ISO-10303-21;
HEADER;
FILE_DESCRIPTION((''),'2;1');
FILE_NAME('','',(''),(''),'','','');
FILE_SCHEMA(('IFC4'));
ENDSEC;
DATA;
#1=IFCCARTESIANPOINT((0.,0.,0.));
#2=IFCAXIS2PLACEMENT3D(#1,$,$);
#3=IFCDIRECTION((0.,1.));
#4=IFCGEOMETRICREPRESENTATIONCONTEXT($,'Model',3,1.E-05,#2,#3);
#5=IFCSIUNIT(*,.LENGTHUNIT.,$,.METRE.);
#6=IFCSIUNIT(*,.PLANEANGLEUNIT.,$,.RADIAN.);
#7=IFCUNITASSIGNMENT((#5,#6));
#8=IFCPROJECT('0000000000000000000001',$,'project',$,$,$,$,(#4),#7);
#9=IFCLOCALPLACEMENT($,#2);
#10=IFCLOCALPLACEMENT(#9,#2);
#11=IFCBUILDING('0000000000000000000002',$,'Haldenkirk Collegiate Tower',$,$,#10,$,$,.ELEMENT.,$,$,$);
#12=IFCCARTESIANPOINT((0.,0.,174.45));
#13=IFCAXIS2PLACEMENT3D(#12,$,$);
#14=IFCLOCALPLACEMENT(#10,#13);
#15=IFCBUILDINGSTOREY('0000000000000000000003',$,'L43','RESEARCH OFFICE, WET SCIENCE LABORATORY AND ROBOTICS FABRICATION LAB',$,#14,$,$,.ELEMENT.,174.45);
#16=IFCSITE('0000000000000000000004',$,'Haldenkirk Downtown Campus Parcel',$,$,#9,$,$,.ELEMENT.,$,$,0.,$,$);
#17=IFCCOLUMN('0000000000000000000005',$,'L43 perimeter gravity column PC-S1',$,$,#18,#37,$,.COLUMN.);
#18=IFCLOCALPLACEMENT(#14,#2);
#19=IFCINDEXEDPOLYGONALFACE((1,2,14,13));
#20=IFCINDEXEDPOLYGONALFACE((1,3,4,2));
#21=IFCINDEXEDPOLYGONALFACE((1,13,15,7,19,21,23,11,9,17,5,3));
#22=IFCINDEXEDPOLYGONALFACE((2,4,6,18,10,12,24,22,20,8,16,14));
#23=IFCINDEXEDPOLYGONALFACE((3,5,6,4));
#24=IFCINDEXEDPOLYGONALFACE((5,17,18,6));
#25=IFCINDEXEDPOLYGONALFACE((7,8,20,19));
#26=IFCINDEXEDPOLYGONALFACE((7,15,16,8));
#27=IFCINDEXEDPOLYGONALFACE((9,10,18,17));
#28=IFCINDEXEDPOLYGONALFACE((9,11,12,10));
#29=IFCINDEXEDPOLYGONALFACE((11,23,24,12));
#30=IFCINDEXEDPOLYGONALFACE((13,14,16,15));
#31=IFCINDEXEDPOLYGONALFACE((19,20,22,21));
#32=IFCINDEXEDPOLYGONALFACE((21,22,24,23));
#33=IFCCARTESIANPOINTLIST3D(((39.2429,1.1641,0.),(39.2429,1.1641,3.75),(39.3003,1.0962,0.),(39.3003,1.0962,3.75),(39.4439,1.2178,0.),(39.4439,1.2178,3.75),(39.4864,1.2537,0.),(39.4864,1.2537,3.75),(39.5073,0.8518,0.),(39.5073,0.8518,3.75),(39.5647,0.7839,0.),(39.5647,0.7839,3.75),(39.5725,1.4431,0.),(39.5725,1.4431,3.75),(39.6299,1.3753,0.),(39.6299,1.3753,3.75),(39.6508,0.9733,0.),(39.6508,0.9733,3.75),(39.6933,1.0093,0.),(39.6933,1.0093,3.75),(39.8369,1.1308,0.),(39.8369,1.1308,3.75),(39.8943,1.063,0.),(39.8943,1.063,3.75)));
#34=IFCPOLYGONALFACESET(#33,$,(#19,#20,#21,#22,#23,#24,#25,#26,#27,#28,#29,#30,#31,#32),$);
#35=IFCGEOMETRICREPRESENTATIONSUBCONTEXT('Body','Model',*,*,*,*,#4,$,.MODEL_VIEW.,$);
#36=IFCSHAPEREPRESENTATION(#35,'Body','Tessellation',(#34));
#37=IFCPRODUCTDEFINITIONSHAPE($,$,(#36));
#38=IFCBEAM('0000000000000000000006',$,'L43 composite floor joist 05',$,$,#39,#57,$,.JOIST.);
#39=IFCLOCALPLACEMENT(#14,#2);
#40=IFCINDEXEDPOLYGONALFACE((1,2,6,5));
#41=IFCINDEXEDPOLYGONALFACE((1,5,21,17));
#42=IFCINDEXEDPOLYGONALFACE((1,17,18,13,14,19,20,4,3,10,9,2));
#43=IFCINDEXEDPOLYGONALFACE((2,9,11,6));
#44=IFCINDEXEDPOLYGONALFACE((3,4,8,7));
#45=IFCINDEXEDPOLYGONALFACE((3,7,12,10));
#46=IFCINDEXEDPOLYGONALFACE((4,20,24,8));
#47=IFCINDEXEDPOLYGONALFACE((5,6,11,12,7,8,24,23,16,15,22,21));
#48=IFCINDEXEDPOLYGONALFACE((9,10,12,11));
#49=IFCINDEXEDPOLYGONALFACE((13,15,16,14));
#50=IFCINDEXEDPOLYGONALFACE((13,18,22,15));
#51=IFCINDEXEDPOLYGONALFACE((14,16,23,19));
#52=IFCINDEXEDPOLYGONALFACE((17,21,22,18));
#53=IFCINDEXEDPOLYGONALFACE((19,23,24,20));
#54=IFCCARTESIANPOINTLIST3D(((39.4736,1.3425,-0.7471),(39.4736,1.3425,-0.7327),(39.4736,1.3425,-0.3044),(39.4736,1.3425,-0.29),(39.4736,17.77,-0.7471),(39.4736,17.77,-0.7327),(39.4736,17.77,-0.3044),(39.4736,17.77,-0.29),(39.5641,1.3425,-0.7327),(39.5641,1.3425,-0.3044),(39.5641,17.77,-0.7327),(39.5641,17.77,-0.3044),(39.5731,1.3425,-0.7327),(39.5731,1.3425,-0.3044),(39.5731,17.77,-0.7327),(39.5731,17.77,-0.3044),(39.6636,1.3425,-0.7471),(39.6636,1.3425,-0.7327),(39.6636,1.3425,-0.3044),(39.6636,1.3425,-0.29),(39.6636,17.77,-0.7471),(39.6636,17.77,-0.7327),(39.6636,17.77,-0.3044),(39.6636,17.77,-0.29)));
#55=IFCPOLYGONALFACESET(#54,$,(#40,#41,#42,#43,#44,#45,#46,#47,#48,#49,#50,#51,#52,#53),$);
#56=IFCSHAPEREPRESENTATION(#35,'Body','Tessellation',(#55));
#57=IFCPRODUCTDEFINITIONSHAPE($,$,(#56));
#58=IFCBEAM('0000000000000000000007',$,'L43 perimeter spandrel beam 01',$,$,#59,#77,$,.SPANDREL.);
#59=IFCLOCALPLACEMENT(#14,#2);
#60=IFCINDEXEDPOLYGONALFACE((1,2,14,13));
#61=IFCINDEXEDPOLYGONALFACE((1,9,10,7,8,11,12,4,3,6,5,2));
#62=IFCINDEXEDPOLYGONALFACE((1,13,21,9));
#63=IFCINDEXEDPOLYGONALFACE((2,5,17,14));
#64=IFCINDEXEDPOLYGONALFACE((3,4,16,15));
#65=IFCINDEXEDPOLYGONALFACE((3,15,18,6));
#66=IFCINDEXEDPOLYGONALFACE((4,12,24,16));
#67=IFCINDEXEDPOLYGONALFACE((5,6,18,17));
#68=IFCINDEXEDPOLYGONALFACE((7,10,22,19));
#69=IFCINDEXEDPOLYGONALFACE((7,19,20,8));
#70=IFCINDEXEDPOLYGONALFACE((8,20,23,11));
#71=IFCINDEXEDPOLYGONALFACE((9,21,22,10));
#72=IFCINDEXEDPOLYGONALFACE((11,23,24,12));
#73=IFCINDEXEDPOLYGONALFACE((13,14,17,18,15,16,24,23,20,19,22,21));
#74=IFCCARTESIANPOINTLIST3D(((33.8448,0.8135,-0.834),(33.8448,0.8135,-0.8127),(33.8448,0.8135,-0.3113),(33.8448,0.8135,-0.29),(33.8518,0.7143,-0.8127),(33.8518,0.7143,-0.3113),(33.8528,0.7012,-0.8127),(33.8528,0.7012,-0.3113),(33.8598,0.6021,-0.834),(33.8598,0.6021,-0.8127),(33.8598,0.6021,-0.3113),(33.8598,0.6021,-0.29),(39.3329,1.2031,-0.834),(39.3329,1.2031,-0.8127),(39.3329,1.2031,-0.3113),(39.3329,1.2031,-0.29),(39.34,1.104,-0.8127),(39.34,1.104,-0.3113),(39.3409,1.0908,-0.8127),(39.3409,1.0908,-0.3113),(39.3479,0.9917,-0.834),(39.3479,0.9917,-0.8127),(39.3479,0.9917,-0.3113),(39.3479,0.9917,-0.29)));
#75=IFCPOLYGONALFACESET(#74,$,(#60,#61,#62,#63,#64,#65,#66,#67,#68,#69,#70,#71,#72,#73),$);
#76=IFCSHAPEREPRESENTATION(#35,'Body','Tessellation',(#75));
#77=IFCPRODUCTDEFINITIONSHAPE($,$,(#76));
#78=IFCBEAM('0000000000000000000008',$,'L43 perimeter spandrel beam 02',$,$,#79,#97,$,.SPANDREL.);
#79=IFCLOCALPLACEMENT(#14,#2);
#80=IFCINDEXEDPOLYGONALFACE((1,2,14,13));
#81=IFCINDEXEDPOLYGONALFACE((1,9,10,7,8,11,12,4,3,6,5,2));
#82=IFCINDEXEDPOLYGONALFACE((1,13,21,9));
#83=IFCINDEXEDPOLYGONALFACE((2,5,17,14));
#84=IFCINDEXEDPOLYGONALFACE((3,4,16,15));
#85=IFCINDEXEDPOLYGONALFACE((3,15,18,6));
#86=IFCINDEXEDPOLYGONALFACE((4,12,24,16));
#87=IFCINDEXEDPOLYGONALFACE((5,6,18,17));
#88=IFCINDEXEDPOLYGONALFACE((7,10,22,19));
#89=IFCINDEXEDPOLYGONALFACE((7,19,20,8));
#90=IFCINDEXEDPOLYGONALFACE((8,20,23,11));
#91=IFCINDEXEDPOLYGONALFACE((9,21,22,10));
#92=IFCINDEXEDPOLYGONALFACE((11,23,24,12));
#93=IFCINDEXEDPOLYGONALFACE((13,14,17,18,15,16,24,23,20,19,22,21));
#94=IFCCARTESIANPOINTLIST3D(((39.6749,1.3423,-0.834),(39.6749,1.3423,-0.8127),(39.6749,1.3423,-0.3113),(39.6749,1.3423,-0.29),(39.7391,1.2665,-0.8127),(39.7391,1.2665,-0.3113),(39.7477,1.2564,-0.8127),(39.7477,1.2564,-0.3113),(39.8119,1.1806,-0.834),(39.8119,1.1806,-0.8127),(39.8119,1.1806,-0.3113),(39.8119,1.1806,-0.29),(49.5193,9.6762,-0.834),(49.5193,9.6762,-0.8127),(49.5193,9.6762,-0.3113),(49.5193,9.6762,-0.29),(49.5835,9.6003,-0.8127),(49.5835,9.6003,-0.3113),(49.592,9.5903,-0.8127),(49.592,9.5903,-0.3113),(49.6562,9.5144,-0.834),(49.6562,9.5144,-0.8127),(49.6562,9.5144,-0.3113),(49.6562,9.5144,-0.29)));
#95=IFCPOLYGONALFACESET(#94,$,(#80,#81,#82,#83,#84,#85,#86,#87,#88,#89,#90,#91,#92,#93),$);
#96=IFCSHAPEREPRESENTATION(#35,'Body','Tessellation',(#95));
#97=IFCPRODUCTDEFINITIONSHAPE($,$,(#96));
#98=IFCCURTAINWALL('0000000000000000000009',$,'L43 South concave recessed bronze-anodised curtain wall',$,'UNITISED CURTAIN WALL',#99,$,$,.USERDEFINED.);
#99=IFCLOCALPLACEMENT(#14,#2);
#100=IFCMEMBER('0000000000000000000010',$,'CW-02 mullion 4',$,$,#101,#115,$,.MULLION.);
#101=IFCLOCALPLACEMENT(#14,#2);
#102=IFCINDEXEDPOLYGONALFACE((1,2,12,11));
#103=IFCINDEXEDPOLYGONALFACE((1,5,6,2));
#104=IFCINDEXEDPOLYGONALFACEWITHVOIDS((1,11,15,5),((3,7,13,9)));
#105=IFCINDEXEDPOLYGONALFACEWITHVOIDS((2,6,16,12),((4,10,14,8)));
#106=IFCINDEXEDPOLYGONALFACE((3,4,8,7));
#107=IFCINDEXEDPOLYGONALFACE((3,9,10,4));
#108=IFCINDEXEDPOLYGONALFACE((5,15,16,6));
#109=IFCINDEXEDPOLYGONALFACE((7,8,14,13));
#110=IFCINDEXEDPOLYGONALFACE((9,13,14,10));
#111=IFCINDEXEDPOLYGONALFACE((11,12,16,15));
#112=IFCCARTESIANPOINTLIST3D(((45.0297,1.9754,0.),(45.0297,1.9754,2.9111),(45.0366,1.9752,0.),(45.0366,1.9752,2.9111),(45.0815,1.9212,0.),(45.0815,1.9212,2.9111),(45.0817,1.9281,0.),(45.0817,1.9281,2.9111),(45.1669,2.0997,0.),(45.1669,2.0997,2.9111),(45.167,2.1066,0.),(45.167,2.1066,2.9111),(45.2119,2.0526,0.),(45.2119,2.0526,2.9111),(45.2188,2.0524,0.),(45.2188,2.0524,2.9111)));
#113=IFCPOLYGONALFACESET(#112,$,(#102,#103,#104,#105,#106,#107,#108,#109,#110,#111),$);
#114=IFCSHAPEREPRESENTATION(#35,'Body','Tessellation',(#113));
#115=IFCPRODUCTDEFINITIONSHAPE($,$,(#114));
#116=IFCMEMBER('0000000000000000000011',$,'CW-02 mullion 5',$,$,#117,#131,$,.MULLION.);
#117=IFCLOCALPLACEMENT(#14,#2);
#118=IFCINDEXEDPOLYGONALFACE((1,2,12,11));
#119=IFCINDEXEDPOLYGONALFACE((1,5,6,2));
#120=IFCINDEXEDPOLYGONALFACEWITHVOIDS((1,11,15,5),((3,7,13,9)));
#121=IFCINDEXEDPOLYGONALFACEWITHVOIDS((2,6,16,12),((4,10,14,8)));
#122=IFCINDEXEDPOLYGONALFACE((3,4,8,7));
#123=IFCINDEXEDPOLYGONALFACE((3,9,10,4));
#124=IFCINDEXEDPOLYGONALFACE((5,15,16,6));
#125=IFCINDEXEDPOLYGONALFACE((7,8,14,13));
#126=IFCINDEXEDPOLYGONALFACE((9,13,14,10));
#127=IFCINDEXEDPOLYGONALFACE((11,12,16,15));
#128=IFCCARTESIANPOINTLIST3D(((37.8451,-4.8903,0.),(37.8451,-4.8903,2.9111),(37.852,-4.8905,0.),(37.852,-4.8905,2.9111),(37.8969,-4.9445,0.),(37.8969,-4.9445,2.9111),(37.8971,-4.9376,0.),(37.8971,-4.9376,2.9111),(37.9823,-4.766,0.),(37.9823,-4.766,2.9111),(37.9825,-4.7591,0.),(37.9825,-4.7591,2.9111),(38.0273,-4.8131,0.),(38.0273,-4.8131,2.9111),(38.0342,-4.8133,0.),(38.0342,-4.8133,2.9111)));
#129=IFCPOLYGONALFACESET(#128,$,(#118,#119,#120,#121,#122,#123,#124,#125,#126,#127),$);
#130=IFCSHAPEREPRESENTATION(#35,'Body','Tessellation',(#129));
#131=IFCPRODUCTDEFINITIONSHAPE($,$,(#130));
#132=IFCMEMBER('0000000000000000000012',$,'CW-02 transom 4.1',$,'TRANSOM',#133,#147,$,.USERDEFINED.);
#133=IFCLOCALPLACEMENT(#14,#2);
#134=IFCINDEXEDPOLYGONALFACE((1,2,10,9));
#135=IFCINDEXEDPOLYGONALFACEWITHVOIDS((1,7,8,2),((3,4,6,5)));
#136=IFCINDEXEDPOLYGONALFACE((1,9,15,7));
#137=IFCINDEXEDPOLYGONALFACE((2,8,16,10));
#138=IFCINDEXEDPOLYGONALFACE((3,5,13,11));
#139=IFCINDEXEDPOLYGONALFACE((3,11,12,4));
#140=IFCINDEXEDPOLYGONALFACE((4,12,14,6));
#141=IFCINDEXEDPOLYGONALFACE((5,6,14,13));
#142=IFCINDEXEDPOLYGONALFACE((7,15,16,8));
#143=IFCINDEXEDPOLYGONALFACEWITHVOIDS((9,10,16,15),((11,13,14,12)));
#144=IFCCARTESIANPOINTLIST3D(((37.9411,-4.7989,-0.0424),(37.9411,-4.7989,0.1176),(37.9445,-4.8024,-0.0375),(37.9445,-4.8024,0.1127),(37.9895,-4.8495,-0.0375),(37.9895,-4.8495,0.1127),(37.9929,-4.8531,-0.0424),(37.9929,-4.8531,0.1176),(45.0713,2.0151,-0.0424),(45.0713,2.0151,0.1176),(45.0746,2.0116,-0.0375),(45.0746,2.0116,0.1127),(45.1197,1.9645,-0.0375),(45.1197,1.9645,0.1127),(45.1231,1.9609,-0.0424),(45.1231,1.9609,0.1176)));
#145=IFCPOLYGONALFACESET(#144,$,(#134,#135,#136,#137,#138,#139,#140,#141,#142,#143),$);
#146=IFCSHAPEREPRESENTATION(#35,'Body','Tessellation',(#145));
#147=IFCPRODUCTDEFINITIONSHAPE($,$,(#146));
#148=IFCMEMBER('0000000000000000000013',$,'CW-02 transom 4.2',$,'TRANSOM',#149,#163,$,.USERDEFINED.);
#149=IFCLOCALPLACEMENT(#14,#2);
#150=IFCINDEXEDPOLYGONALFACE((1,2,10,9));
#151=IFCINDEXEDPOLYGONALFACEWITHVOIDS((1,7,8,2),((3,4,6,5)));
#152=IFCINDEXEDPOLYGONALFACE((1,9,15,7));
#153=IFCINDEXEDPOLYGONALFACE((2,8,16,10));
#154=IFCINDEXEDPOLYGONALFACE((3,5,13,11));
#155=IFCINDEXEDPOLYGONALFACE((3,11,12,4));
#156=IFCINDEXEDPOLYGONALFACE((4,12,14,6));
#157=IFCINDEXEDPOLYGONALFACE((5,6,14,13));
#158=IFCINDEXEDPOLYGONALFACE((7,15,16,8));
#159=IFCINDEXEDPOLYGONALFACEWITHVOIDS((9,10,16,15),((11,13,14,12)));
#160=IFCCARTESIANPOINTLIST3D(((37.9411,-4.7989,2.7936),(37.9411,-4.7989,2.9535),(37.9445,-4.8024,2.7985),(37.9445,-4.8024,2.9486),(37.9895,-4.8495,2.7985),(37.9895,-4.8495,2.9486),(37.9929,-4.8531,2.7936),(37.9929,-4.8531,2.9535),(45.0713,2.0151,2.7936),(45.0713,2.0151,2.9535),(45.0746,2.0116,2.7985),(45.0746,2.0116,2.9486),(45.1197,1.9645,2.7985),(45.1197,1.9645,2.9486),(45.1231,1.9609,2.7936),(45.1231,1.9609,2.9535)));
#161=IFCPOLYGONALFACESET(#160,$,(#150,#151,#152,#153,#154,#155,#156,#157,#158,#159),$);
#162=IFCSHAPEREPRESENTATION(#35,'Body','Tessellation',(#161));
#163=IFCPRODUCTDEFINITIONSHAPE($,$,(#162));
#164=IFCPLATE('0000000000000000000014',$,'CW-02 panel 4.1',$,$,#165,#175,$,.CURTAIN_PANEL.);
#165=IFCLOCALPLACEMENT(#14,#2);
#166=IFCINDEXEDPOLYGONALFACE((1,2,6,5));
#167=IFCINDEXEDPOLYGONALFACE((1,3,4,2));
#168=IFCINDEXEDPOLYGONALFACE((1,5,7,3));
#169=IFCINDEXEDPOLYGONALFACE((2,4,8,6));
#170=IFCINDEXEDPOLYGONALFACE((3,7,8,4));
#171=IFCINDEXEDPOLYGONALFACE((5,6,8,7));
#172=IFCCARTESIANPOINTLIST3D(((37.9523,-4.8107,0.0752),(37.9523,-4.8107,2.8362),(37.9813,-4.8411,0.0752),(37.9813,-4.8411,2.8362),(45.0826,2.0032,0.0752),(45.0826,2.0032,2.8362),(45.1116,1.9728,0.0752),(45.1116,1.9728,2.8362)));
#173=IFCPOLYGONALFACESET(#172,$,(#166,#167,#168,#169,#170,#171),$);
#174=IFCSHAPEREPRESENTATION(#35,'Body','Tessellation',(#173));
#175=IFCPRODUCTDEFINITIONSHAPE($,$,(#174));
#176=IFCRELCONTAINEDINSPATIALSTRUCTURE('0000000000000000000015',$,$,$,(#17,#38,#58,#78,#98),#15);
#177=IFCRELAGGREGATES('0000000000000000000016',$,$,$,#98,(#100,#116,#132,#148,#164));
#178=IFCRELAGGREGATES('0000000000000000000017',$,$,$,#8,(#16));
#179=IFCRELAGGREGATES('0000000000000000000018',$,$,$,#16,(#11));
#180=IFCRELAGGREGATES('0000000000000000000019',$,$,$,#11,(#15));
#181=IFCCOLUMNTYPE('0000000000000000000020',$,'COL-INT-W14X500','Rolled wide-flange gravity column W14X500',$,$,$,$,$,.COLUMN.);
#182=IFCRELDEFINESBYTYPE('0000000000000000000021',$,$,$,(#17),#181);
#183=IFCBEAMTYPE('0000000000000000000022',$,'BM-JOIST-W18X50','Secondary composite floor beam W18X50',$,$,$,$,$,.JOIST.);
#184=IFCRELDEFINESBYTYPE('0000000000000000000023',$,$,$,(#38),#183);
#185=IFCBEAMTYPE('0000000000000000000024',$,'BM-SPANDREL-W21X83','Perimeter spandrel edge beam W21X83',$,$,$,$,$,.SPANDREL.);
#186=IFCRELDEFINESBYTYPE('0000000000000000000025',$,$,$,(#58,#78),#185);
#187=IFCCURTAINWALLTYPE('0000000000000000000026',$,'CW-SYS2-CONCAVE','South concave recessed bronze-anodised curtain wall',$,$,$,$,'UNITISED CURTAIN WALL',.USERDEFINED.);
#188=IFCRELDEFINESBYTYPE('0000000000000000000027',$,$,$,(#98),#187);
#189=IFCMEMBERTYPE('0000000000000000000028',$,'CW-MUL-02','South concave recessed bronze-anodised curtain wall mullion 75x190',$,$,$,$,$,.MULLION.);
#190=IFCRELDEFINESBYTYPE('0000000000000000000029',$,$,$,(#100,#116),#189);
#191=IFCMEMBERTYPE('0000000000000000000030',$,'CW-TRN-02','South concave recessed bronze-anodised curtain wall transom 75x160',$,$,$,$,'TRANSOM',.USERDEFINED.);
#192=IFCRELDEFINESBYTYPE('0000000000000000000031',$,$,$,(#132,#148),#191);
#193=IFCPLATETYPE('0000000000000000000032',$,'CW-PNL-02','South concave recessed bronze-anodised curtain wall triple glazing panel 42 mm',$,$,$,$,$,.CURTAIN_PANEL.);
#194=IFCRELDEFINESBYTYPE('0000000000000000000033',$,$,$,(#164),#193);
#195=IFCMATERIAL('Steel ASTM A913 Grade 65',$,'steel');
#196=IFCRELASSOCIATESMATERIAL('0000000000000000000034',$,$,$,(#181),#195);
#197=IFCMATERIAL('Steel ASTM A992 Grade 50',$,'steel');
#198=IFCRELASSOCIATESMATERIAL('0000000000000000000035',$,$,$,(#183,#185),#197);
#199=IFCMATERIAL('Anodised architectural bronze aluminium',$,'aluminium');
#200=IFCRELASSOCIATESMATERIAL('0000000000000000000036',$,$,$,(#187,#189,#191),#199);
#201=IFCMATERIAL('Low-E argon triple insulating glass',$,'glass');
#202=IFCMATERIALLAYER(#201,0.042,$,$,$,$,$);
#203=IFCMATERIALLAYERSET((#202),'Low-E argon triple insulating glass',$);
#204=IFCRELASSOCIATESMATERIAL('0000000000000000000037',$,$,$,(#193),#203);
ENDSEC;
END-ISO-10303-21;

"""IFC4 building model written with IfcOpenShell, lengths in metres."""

from ifc_helpers import new_model, si_unit, direction, frame, origin, origin_2d, place, context, subcontext, project, spatial, rectangle, hollow_rectangle, i_section, extrude, source, transform, mapped, material, layer, layer_set, material_profile, profile_set, type_object, element, aggregate, save


model = new_model("IFC4")

# Units and contexts
model_context = context("Model", 3, precision=1e-05, world=origin(), true_north=direction((0.0, 1.0)))
body_context = subcontext(model_context, "Body", "Model", "MODEL_VIEW")
ifc_project = project(units=[si_unit("LENGTHUNIT", "METRE"), si_unit("PLANEANGLEUNIT", "RADIAN")], contexts=[model_context])

# Site, building, storey
site_placement = place(None, origin())
site = spatial("IfcSite", under=ifc_project, at=site_placement, Name="Haldenkirk Downtown Campus Parcel", CompositionType="ELEMENT", RefElevation=0.0)
building_placement = place(site_placement, origin())
building = spatial("IfcBuilding", under=site, at=building_placement, Name="Haldenkirk Collegiate Tower", CompositionType="ELEMENT")
storey_placement = place(building_placement, frame((0.0, 0.0, 174.45)))
storey = spatial("IfcBuildingStorey", under=building, at=storey_placement, Name="L43", Description="RESEARCH OFFICE, WET SCIENCE LABORATORY AND ROBOTICS FABRICATION LAB", CompositionType="ELEMENT", Elevation=174.45)

# Column
ifc_material_1 = material(Name="Steel ASTM A913 Grade 65", Category="steel")
ifc_material_profile_1 = material_profile(ifc_material_1, i_section(OverallWidth=0.4319, OverallDepth=0.498, WebThickness=0.0557, FlangeThickness=0.0889, at=origin_2d()), Name="W14X500")
ifc_profile_set_1 = profile_set([ifc_material_profile_1], Name="Steel ASTM A913 Grade 65")
column_type = type_object("IfcColumnType", Name="COL-INT-W14X500", Description="Rolled wide-flange gravity column W14X500", PredefinedType="COLUMN", material=ifc_profile_set_1)
column_placement = place(storey_placement, frame((39.5686, 1.1135, 0.0), z_axis=(0.0, 0.0, 1.0), x_axis=(0.763232, 0.646124, 0.0)))
element("IfcColumn", 1, at=column_placement, inside=storey, type_object=column_type, Name="L43 perimeter gravity column PC-S1", PredefinedType="COLUMN", context=body_context, shape_type="SweptSolid", body=[
    extrude(i_section(OverallWidth=0.4319, OverallDepth=0.498, WebThickness=0.0557, FlangeThickness=0.0889, at=origin_2d()), origin(), (0.0, 0.0, 1.0), 3.75),
])

# Beams
ifc_material_2 = material(Name="Steel ASTM A992 Grade 50", Category="steel")
ifc_material_profile_2 = material_profile(ifc_material_2, i_section(OverallWidth=0.1899, OverallDepth=0.457, WebThickness=0.009, FlangeThickness=0.0144, at=origin_2d()), Name="W18X50")
ifc_profile_set_2 = profile_set([ifc_material_profile_2], Name="Steel ASTM A992 Grade 50")
beam_type_1 = type_object("IfcBeamType", Name="BM-JOIST-W18X50", Description="Secondary composite floor beam W18X50", PredefinedType="JOIST", material=ifc_profile_set_2)
beam_1_placement = place(storey_placement, frame((39.5686, 1.3425, -0.5186), z_axis=(0.0, 1.0, 0.0), x_axis=(-1.0, 0.0, 0.0)))
element("IfcBeam", 2, at=beam_1_placement, inside=storey, type_object=beam_type_1, Name="L43 composite floor joist 05", PredefinedType="JOIST", context=body_context, shape_type="SweptSolid", body=[
    extrude(i_section(OverallWidth=0.1899, OverallDepth=0.457, WebThickness=0.009, FlangeThickness=0.0144, at=origin_2d()), origin(), (0.0, 0.0, 1.0), 16.4275),
])
ifc_material_profile_3 = material_profile(ifc_material_2, i_section(OverallWidth=0.2119, OverallDepth=0.5439, WebThickness=0.0132, FlangeThickness=0.0212, at=origin_2d()), Name="W21X83")
ifc_profile_set_3 = profile_set([ifc_material_profile_3], Name="Steel ASTM A992 Grade 50")
beam_type_2 = type_object("IfcBeamType", Name="BM-SPANDREL-W21X83", Description="Perimeter spandrel edge beam W21X83", PredefinedType="SPANDREL", material=ifc_profile_set_3)
beam_2_placement = place(storey_placement, frame((33.8523, 0.7078, -0.562), z_axis=(0.997489, 0.070821, 0.0), x_axis=(-0.070821, 0.997489, 0.0)))
element("IfcBeam", 3, at=beam_2_placement, inside=storey, type_object=beam_type_2, Name="L43 perimeter spandrel beam 01", PredefinedType="SPANDREL", context=body_context, shape_type="SweptSolid", body=[
    extrude(i_section(OverallWidth=0.2119, OverallDepth=0.5439, WebThickness=0.0132, FlangeThickness=0.0212, at=origin_2d()), origin(), (0.0, 0.0, 1.0), 5.502),
])
beam_3_placement = place(storey_placement, frame((39.7434, 1.2615, -0.562), z_axis=(0.763233, 0.646123, 0.0), x_axis=(-0.646123, 0.763233, 0.0)))
element("IfcBeam", 4, at=beam_3_placement, inside=storey, type_object=beam_type_2, Name="L43 perimeter spandrel beam 02", PredefinedType="SPANDREL", context=body_context, shape_type="SweptSolid", body=[
    extrude(i_section(OverallWidth=0.2119, OverallDepth=0.5439, WebThickness=0.0132, FlangeThickness=0.0212, at=origin_2d()), origin(), (0.0, 0.0, 1.0), 12.8982),
])

# Curtain wall, members, plate
ifc_material_3 = material(Name="Anodised architectural bronze aluminium", Category="aluminium")
curtain_wall_type = type_object("IfcCurtainWallType", Name="CW-SYS2-CONCAVE", Description="South concave recessed bronze-anodised curtain wall", ElementType="UNITISED CURTAIN WALL", PredefinedType="USERDEFINED", material=ifc_material_3)
curtain_wall_placement = place(storey_placement, origin())
curtain_wall = element("IfcCurtainWall", 5, at=curtain_wall_placement, inside=storey, type_object=curtain_wall_type, Name="L43 South concave recessed bronze-anodised curtain wall", ObjectType="UNITISED CURTAIN WALL", PredefinedType="USERDEFINED")
ifc_material_profile_4 = material_profile(ifc_material_3, hollow_rectangle(XDim=0.075, YDim=0.1899, WallThickness=0.0049, at=origin_2d()), Name="CW-MUL-02")
ifc_profile_set_4 = profile_set([ifc_material_profile_4], Name="Anodised architectural bronze aluminium")
member_type_1 = type_object("IfcMemberType", Name="CW-MUL-02", Description="South concave recessed bronze-anodised curtain wall mullion 75x190", PredefinedType="MULLION", material=ifc_profile_set_4)
member_1_placement = place(storey_placement, frame((45.1243, 2.0139, 0.0), z_axis=(0.0, 0.0, 1.0), x_axis=(0.690883, -0.722966, 0.0)))
member_1 = element("IfcMember", 6, at=member_1_placement, type_object=member_type_1, Name="CW-02 mullion 4", PredefinedType="MULLION", context=body_context, shape_type="SweptSolid", body=[
    extrude(hollow_rectangle(XDim=0.075, YDim=0.1899, WallThickness=0.0049, at=origin_2d()), origin(), (0.0, 0.0, 1.0), 2.9111),
])
member_2_placement = place(storey_placement, frame((37.9397, -4.8518, 0.0), z_axis=(0.0, 0.0, 1.0), x_axis=(0.690883, -0.722966, 0.0)))
member_2 = element("IfcMember", 7, at=member_2_placement, type_object=member_type_1, Name="CW-02 mullion 5", PredefinedType="MULLION", context=body_context, shape_type="SweptSolid", body=[
    extrude(hollow_rectangle(XDim=0.075, YDim=0.1899, WallThickness=0.0049, at=origin_2d()), origin(), (0.0, 0.0, 1.0), 2.9111),
])
ifc_material_profile_5 = material_profile(ifc_material_3, hollow_rectangle(XDim=0.075, YDim=0.1599, WallThickness=0.0049, at=origin_2d()), Name="CW-TRN-02")
ifc_profile_set_5 = profile_set([ifc_material_profile_5], Name="Anodised architectural bronze aluminium")
member_type_2 = type_object("IfcMemberType", Name="CW-TRN-02", Description="South concave recessed bronze-anodised curtain wall transom 75x160", ElementType="TRANSOM", PredefinedType="USERDEFINED", material=ifc_profile_set_5)
member_3_placement = place(storey_placement, frame((45.0972, 1.988, 0.0376), z_axis=(-0.722954, -0.690897, 0.0), x_axis=(0.690897, -0.722954, 0.0)))
member_3 = element("IfcMember", 8, at=member_3_placement, type_object=member_type_2, Name="CW-02 transom 4.1", ObjectType="TRANSOM", PredefinedType="USERDEFINED", context=body_context, shape_type="SweptSolid", body=[
    extrude(hollow_rectangle(XDim=0.075, YDim=0.1599, WallThickness=0.0049, at=origin_2d()), origin(), (0.0, 0.0, 1.0), 9.8625),
])
member_4_placement = place(storey_placement, frame((45.0972, 1.988, 2.8735), z_axis=(-0.722954, -0.690897, 0.0), x_axis=(0.690897, -0.722954, 0.0)))
member_4 = element("IfcMember", 9, at=member_4_placement, type_object=member_type_2, Name="CW-02 transom 4.2", ObjectType="TRANSOM", PredefinedType="USERDEFINED", context=body_context, shape_type="SweptSolid", body=[
    extrude(hollow_rectangle(XDim=0.075, YDim=0.1599, WallThickness=0.0049, at=origin_2d()), origin(), (0.0, 0.0, 1.0), 9.8625),
])
ifc_material_4 = material(Name="Low-E argon triple insulating glass", Category="glass")
ifc_layer_1 = layer(ifc_material_4, 0.042)
ifc_layer_set_1 = layer_set([ifc_layer_1], Name="Low-E argon triple insulating glass")
plate_type = type_object("IfcPlateType", Name="CW-PNL-02", Description="South concave recessed bronze-anodised curtain wall triple glazing panel 42 mm", PredefinedType="CURTAIN_PANEL", material=ifc_layer_set_1)
shared_shape_1 = source(origin(), body_context, "Body", "SweptSolid", [
    extrude(rectangle(XDim=9.8625, YDim=0.042, at=origin_2d()), origin(), (0.0, 0.0, 1.0), 2.761),
])
plate_placement = place(storey_placement, frame((41.532, -1.4189, 0.0752), z_axis=(0.0, 0.0, 1.0), x_axis=(-0.722966, -0.690883, 0.0)))
plate = element("IfcPlate", 10, at=plate_placement, type_object=plate_type, Name="CW-02 panel 4.1", PredefinedType="CURTAIN_PANEL", context=body_context, shape_type="MappedRepresentation", body=[
    mapped(shared_shape_1, transform((0.0, 0.0, 0.0), x_axis=(1.0, 0.0, 0.0), y_axis=(0.0, 1.0, 0.0), z_axis=(0.0, 0.0, 1.0), scale=1.0)),
])
aggregate(curtain_wall, [member_1, member_2, member_3, member_4, plate])

save(model, "model.ifc")
